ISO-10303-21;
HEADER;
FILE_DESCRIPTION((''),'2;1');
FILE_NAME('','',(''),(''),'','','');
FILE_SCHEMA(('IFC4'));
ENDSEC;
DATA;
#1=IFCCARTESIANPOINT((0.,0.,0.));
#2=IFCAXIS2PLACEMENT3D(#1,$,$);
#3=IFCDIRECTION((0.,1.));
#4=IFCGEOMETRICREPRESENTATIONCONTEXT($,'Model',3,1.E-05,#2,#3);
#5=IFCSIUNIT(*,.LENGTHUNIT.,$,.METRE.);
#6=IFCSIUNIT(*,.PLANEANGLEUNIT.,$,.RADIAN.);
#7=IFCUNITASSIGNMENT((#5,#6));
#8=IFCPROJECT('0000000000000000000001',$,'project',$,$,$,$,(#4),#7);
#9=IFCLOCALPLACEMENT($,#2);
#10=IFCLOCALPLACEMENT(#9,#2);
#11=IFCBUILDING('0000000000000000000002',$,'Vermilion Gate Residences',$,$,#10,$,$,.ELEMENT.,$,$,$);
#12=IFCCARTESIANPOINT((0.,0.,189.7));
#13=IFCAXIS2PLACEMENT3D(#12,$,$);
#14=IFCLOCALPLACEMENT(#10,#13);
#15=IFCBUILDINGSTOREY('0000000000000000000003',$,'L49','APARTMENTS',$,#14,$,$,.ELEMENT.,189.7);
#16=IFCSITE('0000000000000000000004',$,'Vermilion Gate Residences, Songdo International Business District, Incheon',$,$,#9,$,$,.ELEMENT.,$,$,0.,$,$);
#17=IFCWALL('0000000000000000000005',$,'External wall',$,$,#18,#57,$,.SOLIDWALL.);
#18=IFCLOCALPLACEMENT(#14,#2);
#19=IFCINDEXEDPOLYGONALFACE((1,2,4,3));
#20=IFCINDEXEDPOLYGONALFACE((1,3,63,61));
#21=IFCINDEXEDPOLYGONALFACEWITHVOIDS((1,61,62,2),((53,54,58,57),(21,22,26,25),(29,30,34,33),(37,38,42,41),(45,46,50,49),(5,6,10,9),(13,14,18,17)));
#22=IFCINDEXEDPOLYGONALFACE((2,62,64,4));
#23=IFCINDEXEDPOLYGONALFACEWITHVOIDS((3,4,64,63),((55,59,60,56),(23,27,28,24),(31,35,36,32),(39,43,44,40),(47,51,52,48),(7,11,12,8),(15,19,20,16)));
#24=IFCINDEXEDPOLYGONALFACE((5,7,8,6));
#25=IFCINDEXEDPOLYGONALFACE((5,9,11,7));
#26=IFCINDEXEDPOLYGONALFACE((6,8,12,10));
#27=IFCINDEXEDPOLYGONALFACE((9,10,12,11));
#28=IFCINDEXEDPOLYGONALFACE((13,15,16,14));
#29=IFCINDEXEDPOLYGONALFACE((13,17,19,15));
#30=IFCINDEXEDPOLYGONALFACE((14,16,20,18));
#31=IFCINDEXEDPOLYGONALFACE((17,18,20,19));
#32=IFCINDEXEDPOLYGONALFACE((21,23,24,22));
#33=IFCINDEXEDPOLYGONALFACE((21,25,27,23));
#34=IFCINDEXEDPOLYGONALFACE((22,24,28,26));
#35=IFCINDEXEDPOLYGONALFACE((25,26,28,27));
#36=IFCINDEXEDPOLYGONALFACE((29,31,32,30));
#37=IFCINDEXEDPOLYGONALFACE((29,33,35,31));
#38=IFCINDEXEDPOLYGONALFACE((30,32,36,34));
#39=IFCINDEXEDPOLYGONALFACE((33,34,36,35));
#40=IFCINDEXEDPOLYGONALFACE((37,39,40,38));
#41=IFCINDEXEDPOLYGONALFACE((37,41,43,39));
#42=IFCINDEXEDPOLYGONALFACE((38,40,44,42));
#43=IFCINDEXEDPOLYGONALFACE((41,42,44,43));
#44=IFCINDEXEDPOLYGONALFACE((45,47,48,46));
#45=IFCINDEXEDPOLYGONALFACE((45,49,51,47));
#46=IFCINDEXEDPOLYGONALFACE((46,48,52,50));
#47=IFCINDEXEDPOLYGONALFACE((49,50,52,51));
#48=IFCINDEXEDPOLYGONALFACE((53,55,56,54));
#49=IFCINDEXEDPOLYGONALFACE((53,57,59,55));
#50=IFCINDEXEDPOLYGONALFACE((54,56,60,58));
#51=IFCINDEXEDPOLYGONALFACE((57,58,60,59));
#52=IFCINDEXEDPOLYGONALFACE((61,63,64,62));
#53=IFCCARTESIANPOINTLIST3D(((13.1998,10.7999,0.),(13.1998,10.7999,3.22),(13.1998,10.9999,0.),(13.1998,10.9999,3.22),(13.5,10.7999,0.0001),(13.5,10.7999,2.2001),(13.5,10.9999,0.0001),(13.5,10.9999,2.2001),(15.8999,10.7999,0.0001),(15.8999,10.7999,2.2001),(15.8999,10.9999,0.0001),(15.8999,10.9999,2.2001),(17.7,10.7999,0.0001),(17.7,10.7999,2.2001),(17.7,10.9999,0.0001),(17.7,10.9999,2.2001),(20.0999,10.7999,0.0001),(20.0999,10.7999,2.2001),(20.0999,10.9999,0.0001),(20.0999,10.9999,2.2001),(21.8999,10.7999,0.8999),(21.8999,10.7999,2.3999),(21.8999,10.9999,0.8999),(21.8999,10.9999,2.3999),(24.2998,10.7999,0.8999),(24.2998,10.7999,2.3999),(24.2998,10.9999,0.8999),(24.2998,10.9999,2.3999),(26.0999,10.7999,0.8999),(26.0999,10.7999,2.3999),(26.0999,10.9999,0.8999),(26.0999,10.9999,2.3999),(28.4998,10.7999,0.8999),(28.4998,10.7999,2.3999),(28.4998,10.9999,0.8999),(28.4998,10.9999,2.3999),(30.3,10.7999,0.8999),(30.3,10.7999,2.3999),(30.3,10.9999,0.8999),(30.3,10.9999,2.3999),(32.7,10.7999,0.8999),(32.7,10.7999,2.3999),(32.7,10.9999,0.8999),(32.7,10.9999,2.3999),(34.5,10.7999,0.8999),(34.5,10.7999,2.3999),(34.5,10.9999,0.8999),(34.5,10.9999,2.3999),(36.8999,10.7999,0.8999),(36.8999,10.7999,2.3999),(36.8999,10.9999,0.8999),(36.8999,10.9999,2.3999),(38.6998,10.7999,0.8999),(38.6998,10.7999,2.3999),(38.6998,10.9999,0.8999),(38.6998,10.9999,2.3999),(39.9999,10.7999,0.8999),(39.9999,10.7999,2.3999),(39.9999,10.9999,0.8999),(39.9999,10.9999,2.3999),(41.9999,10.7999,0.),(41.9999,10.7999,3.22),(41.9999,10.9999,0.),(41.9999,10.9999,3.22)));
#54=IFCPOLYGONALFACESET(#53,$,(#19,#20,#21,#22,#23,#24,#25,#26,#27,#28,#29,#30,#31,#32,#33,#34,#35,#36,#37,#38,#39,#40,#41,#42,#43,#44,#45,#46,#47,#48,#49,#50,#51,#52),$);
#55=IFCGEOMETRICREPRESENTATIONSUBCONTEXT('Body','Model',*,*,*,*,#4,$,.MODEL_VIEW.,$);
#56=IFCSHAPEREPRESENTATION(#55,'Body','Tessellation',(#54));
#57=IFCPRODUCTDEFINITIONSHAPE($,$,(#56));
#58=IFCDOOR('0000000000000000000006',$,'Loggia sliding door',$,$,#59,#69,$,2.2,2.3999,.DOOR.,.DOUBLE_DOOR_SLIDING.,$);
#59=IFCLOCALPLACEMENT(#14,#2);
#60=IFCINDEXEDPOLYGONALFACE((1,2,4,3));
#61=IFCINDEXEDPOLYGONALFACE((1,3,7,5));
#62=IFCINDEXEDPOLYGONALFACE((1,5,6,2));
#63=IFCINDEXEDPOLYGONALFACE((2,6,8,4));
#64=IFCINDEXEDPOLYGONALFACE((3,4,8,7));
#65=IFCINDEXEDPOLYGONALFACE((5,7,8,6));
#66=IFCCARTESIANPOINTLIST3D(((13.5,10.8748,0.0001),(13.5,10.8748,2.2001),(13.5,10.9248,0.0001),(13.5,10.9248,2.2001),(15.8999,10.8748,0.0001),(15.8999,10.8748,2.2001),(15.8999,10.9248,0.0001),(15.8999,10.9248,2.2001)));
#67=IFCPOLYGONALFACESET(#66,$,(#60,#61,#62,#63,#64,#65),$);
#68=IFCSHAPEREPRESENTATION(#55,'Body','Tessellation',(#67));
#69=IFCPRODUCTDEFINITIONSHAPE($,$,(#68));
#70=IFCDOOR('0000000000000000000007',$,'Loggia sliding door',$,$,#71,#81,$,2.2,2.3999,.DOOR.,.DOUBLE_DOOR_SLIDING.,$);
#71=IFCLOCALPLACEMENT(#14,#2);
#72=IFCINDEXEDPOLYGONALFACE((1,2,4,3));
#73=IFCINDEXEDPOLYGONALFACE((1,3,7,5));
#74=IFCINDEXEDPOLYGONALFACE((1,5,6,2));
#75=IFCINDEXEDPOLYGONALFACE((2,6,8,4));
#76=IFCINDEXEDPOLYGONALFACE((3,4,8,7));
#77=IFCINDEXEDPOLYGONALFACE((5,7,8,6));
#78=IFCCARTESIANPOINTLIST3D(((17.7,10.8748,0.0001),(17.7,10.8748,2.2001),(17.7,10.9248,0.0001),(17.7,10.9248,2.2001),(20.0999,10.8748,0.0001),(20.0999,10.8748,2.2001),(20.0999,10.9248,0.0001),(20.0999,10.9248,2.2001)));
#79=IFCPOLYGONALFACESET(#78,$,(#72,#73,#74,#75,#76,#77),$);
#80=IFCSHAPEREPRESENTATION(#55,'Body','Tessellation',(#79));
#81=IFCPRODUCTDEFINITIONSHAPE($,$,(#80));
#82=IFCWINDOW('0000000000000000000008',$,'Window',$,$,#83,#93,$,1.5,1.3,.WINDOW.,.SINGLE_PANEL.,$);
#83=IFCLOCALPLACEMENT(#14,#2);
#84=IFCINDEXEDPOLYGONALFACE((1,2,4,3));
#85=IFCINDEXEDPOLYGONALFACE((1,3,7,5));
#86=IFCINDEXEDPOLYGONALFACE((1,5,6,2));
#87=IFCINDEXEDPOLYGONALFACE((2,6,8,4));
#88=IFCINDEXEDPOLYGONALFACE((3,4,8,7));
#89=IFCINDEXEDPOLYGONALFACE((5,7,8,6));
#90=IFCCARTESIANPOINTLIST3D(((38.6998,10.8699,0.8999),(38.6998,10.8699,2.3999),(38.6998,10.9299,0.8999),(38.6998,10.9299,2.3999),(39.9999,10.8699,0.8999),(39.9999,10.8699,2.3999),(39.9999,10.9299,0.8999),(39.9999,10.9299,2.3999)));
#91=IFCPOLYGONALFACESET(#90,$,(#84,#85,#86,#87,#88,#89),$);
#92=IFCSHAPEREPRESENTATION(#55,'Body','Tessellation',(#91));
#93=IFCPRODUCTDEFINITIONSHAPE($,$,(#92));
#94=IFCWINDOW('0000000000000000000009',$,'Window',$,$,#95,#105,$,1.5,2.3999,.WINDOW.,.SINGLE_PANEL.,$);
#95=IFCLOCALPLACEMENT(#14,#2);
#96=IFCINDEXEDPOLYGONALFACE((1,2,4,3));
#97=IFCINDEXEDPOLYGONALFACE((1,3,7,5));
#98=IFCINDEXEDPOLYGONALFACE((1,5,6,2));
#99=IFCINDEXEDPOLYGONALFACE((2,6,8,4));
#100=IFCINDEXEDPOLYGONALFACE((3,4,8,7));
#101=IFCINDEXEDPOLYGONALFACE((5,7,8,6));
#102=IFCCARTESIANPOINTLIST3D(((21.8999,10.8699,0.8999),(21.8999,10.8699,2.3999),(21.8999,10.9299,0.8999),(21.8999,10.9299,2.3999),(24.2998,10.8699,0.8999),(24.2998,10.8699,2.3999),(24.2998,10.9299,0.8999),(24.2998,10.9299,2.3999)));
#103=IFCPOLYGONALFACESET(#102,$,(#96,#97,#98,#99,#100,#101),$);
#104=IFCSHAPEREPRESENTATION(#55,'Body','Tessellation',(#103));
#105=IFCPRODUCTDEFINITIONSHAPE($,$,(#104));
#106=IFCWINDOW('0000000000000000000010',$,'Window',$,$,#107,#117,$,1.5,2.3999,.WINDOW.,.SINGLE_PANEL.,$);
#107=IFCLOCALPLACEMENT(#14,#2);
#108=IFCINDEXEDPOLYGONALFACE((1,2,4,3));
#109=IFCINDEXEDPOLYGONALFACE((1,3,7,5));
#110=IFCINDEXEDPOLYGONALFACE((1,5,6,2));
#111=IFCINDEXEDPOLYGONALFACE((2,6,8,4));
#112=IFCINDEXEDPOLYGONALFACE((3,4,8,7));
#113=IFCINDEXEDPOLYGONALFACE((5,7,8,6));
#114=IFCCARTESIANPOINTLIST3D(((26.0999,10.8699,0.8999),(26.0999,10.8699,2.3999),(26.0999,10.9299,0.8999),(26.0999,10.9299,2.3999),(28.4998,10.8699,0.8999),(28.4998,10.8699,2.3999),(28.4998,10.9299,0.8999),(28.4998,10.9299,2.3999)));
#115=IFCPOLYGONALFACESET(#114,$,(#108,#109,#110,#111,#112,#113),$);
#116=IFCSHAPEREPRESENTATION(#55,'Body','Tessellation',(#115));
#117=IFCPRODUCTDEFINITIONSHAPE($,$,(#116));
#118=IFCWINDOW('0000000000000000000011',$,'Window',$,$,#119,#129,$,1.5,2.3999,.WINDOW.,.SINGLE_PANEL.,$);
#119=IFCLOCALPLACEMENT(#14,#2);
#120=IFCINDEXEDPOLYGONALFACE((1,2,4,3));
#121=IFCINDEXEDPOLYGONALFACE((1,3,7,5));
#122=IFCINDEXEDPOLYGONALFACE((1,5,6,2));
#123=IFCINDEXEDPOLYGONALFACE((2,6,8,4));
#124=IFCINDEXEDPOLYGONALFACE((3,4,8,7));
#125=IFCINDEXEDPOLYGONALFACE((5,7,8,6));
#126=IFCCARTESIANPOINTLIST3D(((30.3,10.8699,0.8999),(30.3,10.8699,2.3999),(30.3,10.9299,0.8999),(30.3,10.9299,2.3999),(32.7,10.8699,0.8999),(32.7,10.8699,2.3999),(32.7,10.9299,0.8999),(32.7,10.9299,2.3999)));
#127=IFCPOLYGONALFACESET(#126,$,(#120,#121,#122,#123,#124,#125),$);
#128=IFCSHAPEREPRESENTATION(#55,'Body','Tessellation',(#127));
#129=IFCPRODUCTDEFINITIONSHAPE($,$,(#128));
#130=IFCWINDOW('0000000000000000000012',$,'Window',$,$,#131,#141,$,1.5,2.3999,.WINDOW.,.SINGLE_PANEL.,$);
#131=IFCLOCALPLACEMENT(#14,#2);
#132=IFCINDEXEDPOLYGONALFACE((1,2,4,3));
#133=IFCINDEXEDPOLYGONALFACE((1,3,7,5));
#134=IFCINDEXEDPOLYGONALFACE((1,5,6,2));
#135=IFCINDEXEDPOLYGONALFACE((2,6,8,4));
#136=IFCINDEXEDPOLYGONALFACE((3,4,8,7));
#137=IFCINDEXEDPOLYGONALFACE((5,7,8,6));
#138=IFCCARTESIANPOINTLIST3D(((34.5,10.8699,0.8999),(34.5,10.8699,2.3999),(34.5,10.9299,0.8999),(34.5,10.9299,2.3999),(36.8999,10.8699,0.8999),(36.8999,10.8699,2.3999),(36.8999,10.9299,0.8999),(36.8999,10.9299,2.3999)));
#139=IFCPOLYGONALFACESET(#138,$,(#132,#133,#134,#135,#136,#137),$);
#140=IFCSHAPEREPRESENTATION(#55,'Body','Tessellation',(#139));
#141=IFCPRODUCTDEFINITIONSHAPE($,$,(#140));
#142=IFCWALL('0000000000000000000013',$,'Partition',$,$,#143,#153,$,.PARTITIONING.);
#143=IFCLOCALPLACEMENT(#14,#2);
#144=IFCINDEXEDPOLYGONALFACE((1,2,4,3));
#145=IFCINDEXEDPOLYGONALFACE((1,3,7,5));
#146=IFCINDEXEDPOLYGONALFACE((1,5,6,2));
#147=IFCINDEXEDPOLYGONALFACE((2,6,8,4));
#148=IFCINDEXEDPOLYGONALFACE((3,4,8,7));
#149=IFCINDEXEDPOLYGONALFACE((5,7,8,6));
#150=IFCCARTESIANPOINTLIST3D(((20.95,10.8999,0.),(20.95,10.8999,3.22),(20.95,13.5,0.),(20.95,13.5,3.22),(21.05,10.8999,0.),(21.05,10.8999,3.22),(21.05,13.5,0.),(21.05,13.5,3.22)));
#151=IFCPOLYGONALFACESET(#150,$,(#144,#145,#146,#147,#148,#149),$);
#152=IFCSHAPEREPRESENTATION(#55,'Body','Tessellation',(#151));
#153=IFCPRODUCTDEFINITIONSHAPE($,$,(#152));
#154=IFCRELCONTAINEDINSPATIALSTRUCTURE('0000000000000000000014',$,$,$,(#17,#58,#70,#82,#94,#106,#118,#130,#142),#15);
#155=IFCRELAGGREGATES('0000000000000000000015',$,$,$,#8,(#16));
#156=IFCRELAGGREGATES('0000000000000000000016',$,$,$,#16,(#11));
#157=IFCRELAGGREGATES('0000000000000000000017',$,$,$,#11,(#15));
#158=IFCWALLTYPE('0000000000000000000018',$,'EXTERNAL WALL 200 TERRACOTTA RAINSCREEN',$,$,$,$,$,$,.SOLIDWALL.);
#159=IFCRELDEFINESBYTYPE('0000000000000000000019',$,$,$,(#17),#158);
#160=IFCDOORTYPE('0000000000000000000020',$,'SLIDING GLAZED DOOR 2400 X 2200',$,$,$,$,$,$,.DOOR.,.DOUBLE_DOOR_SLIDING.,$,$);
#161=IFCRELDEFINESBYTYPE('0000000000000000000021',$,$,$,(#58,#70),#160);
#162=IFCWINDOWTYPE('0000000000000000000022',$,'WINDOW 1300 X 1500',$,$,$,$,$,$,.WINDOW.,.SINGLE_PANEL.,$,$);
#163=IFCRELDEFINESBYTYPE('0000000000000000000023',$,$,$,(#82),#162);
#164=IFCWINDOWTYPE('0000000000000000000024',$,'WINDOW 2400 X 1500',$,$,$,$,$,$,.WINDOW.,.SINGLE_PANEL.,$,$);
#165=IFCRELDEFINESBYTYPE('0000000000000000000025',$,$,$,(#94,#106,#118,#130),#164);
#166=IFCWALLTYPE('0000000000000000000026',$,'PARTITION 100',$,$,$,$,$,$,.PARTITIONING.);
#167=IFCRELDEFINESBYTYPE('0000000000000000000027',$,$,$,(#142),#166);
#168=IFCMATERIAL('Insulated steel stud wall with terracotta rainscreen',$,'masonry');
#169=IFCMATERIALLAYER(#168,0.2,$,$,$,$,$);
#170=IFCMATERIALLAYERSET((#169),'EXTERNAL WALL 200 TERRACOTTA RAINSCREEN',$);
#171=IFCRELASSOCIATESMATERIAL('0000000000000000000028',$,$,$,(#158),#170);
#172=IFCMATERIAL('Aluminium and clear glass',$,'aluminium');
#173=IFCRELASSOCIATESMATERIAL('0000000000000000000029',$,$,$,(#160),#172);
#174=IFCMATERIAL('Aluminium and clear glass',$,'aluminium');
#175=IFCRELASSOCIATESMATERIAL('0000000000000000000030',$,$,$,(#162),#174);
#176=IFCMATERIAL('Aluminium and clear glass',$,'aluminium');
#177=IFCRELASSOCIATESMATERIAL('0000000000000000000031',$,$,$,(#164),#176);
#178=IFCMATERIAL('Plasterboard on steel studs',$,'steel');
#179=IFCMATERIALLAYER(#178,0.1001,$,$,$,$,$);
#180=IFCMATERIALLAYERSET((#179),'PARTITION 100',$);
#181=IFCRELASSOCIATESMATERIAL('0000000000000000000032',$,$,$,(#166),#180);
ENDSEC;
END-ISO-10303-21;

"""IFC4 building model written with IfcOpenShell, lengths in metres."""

from ifc_helpers import new_model, si_unit, direction, frame, frame_2d, origin, place, context, subcontext, project, spatial, rectangle, extrude, material, layer, layer_set, type_object, element, fill, save


model = new_model("IFC4")

# Units and contexts
model_context = context("Model", 3, precision=1e-05, world=origin(), true_north=direction((0.0, 1.0)))
body_context = subcontext(model_context, "Body", "Model", "MODEL_VIEW")
ifc_project = project(units=[si_unit("LENGTHUNIT", "METRE"), si_unit("PLANEANGLEUNIT", "RADIAN")], contexts=[model_context])

# Site, building, storey
site_placement = place(None, origin())
site = spatial("IfcSite", under=ifc_project, at=site_placement, Name="Vermilion Gate Residences, Songdo International Business District, Incheon", CompositionType="ELEMENT", RefElevation=0.0)
building_placement = place(site_placement, origin())
building = spatial("IfcBuilding", under=site, at=building_placement, Name="Vermilion Gate Residences", CompositionType="ELEMENT")
storey_placement = place(building_placement, frame((0.0, 0.0, 189.7)))
storey = spatial("IfcBuildingStorey", under=building, at=storey_placement, Name="L49", Description="APARTMENTS", CompositionType="ELEMENT", Elevation=189.7)

# Shared definitions
ifc_material_1 = material(Name="Insulated steel stud wall with terracotta rainscreen", Category="masonry")
ifc_layer_1 = layer(ifc_material_1, 0.2)
ifc_layer_set_1 = layer_set([ifc_layer_1], Name="EXTERNAL WALL 200 TERRACOTTA RAINSCREEN")
wall_type_1 = type_object("IfcWallType", Name="EXTERNAL WALL 200 TERRACOTTA RAINSCREEN", PredefinedType="SOLIDWALL", material=ifc_layer_set_1)

# Wall, openings, doors, windows
wall_1_placement = place(storey_placement, frame((13.2, 10.8999, 0.0), z_axis=(0.0, 0.0, 1.0), x_axis=(1.0, 0.0, 0.0)))
wall_1 = element("IfcWall", 1, at=wall_1_placement, inside=storey, type_object=wall_type_1, Name="External wall", PredefinedType="SOLIDWALL", context=body_context, shape_type="SweptSolid", body=[
    extrude(rectangle(XDim=28.8, YDim=0.2, at=frame_2d((14.3999, 0.0))), origin(), (0.0, 0.0, 1.0), 3.22),
])
opening_1_placement = place(wall_1_placement, frame((0.3, 0.0, 0.0)))
opening_1 = element("IfcOpeningElement", 2, at=opening_1_placement, cuts=wall_1, PredefinedType="OPENING", context=body_context, shape_type="SweptSolid", body=[
    extrude(rectangle(XDim=2.3999, YDim=2.2, at=frame_2d((1.2, 1.1001))), frame((0.0, 0.1099, 0.0), z_axis=(0.0, -1.0, 0.0), x_axis=(1.0, 0.0, 0.0)), (0.0, 0.0, 1.0), 0.22),
])
opening_2_placement = place(wall_1_placement, frame((4.5, 0.0, 0.0)))
opening_2 = element("IfcOpeningElement", 3, at=opening_2_placement, cuts=wall_1, PredefinedType="OPENING", context=body_context, shape_type="SweptSolid", body=[
    extrude(rectangle(XDim=2.3999, YDim=2.2, at=frame_2d((1.2, 1.1001))), frame((0.0, 0.1099, 0.0), z_axis=(0.0, -1.0, 0.0), x_axis=(1.0, 0.0, 0.0)), (0.0, 0.0, 1.0), 0.22),
])
opening_3_placement = place(wall_1_placement, frame((8.7, 0.0, 0.8999)))
opening_3 = element("IfcOpeningElement", 4, at=opening_3_placement, cuts=wall_1, PredefinedType="OPENING", context=body_context, shape_type="SweptSolid", body=[
    extrude(rectangle(XDim=2.3999, YDim=1.5, at=frame_2d((1.2, 0.75))), frame((0.0, 0.1099, 0.0), z_axis=(0.0, -1.0, 0.0), x_axis=(1.0, 0.0, 0.0)), (0.0, 0.0, 1.0), 0.22),
])
opening_4_placement = place(wall_1_placement, frame((12.8999, 0.0, 0.8999)))
opening_4 = element("IfcOpeningElement", 5, at=opening_4_placement, cuts=wall_1, PredefinedType="OPENING", context=body_context, shape_type="SweptSolid", body=[
    extrude(rectangle(XDim=2.3999, YDim=1.5, at=frame_2d((1.2, 0.75))), frame((0.0, 0.1099, 0.0), z_axis=(0.0, -1.0, 0.0), x_axis=(1.0, 0.0, 0.0)), (0.0, 0.0, 1.0), 0.22),
])
opening_5_placement = place(wall_1_placement, frame((17.1001, 0.0, 0.8999)))
opening_5 = element("IfcOpeningElement", 6, at=opening_5_placement, cuts=wall_1, PredefinedType="OPENING", context=body_context, shape_type="SweptSolid", body=[
    extrude(rectangle(XDim=2.3999, YDim=1.5, at=frame_2d((1.2, 0.75))), frame((0.0, 0.1099, 0.0), z_axis=(0.0, -1.0, 0.0), x_axis=(1.0, 0.0, 0.0)), (0.0, 0.0, 1.0), 0.22),
])
opening_6_placement = place(wall_1_placement, frame((21.3, 0.0, 0.8999)))
opening_6 = element("IfcOpeningElement", 7, at=opening_6_placement, cuts=wall_1, PredefinedType="OPENING", context=body_context, shape_type="SweptSolid", body=[
    extrude(rectangle(XDim=2.3999, YDim=1.5, at=frame_2d((1.2, 0.75))), frame((0.0, 0.1099, 0.0), z_axis=(0.0, -1.0, 0.0), x_axis=(1.0, 0.0, 0.0)), (0.0, 0.0, 1.0), 0.22),
])
opening_7_placement = place(wall_1_placement, frame((25.5, 0.0, 0.8999)))
opening_7 = element("IfcOpeningElement", 8, at=opening_7_placement, cuts=wall_1, PredefinedType="OPENING", context=body_context, shape_type="SweptSolid", body=[
    extrude(rectangle(XDim=1.3, YDim=1.5, at=frame_2d((0.6499, 0.75))), frame((0.0, 0.1099, 0.0), z_axis=(0.0, -1.0, 0.0), x_axis=(1.0, 0.0, 0.0)), (0.0, 0.0, 1.0), 0.22),
])
ifc_material_2 = material(Name="Aluminium and clear glass", Category="aluminium")
door_type_1 = type_object("IfcDoorType", Name="SLIDING GLAZED DOOR 2400 X 2200", OperationType="DOUBLE_DOOR_SLIDING", PredefinedType="DOOR", material=ifc_material_2)
door_1_placement = place(opening_1_placement, origin())
door_1 = element("IfcDoor", 9, at=door_1_placement, inside=storey, type_object=door_type_1, Name="Loggia sliding door", OperationType="DOUBLE_DOOR_SLIDING", OverallHeight=2.2, OverallWidth=2.3999, PredefinedType="DOOR", context=body_context, shape_type="SweptSolid", body=[
    extrude(rectangle(XDim=2.3999, YDim=2.2, at=frame_2d((1.2, 1.1001))), frame((0.0, 0.0249, 0.0), z_axis=(0.0, -1.0, 0.0), x_axis=(1.0, 0.0, 0.0)), (0.0, 0.0, 1.0), 0.05),
])
fill(opening_1, door_1)
door_2_placement = place(opening_2_placement, origin())
door_2 = element("IfcDoor", 10, at=door_2_placement, inside=storey, type_object=door_type_1, Name="Loggia sliding door", OperationType="DOUBLE_DOOR_SLIDING", OverallHeight=2.2, OverallWidth=2.3999, PredefinedType="DOOR", context=body_context, shape_type="SweptSolid", body=[
    extrude(rectangle(XDim=2.3999, YDim=2.2, at=frame_2d((1.2, 1.1001))), frame((0.0, 0.0249, 0.0), z_axis=(0.0, -1.0, 0.0), x_axis=(1.0, 0.0, 0.0)), (0.0, 0.0, 1.0), 0.05),
])
fill(opening_2, door_2)
ifc_material_3 = material(Name="Aluminium and clear glass", Category="aluminium")
window_type_1 = type_object("IfcWindowType", Name="WINDOW 1300 X 1500", PartitioningType="SINGLE_PANEL", PredefinedType="WINDOW", material=ifc_material_3)
window_1_placement = place(opening_7_placement, origin())
window_1 = element("IfcWindow", 11, at=window_1_placement, inside=storey, type_object=window_type_1, Name="Window", OverallHeight=1.5, OverallWidth=1.3, PartitioningType="SINGLE_PANEL", PredefinedType="WINDOW", context=body_context, shape_type="SweptSolid", body=[
    extrude(rectangle(XDim=1.3, YDim=1.5, at=frame_2d((0.6499, 0.75))), frame((0.0, 0.03, 0.0), z_axis=(0.0, -1.0, 0.0), x_axis=(1.0, 0.0, 0.0)), (0.0, 0.0, 1.0), 0.0601),
])
fill(opening_7, window_1)
ifc_material_4 = material(Name="Aluminium and clear glass", Category="aluminium")
window_type_2 = type_object("IfcWindowType", Name="WINDOW 2400 X 1500", PartitioningType="SINGLE_PANEL", PredefinedType="WINDOW", material=ifc_material_4)
window_2_placement = place(opening_3_placement, origin())
window_2 = element("IfcWindow", 12, at=window_2_placement, inside=storey, type_object=window_type_2, Name="Window", OverallHeight=1.5, OverallWidth=2.3999, PartitioningType="SINGLE_PANEL", PredefinedType="WINDOW", context=body_context, shape_type="SweptSolid", body=[
    extrude(rectangle(XDim=2.3999, YDim=1.5, at=frame_2d((1.2, 0.75))), frame((0.0, 0.03, 0.0), z_axis=(0.0, -1.0, 0.0), x_axis=(1.0, 0.0, 0.0)), (0.0, 0.0, 1.0), 0.0601),
])
fill(opening_3, window_2)
window_3_placement = place(opening_4_placement, origin())
window_3 = element("IfcWindow", 13, at=window_3_placement, inside=storey, type_object=window_type_2, Name="Window", OverallHeight=1.5, OverallWidth=2.3999, PartitioningType="SINGLE_PANEL", PredefinedType="WINDOW", context=body_context, shape_type="SweptSolid", body=[
    extrude(rectangle(XDim=2.3999, YDim=1.5, at=frame_2d((1.2, 0.75))), frame((0.0, 0.03, 0.0), z_axis=(0.0, -1.0, 0.0), x_axis=(1.0, 0.0, 0.0)), (0.0, 0.0, 1.0), 0.0601),
])
fill(opening_4, window_3)
window_4_placement = place(opening_5_placement, origin())
window_4 = element("IfcWindow", 14, at=window_4_placement, inside=storey, type_object=window_type_2, Name="Window", OverallHeight=1.5, OverallWidth=2.3999, PartitioningType="SINGLE_PANEL", PredefinedType="WINDOW", context=body_context, shape_type="SweptSolid", body=[
    extrude(rectangle(XDim=2.3999, YDim=1.5, at=frame_2d((1.2, 0.75))), frame((0.0, 0.03, 0.0), z_axis=(0.0, -1.0, 0.0), x_axis=(1.0, 0.0, 0.0)), (0.0, 0.0, 1.0), 0.0601),
])
fill(opening_5, window_4)
window_5_placement = place(opening_6_placement, origin())
window_5 = element("IfcWindow", 15, at=window_5_placement, inside=storey, type_object=window_type_2, Name="Window", OverallHeight=1.5, OverallWidth=2.3999, PartitioningType="SINGLE_PANEL", PredefinedType="WINDOW", context=body_context, shape_type="SweptSolid", body=[
    extrude(rectangle(XDim=2.3999, YDim=1.5, at=frame_2d((1.2, 0.75))), frame((0.0, 0.03, 0.0), z_axis=(0.0, -1.0, 0.0), x_axis=(1.0, 0.0, 0.0)), (0.0, 0.0, 1.0), 0.0601),
])
fill(opening_6, window_5)

# Wall
ifc_material_5 = material(Name="Plasterboard on steel studs", Category="steel")
ifc_layer_2 = layer(ifc_material_5, 0.1001)
ifc_layer_set_2 = layer_set([ifc_layer_2], Name="PARTITION 100")
wall_type_2 = type_object("IfcWallType", Name="PARTITION 100", PredefinedType="PARTITIONING", material=ifc_layer_set_2)
wall_2_placement = place(storey_placement, frame((21.0, 10.8999, 0.0), z_axis=(0.0, 0.0, 1.0), x_axis=(0.0, 1.0, 0.0)))
element("IfcWall", 16, at=wall_2_placement, inside=storey, type_object=wall_type_2, Name="Partition", PredefinedType="PARTITIONING", context=body_context, shape_type="SweptSolid", body=[
    extrude(rectangle(XDim=2.6001, YDim=0.1001, at=frame_2d((1.3, 0.0))), origin(), (0.0, 0.0, 1.0), 3.22),
])

save(model, "model.ifc")
